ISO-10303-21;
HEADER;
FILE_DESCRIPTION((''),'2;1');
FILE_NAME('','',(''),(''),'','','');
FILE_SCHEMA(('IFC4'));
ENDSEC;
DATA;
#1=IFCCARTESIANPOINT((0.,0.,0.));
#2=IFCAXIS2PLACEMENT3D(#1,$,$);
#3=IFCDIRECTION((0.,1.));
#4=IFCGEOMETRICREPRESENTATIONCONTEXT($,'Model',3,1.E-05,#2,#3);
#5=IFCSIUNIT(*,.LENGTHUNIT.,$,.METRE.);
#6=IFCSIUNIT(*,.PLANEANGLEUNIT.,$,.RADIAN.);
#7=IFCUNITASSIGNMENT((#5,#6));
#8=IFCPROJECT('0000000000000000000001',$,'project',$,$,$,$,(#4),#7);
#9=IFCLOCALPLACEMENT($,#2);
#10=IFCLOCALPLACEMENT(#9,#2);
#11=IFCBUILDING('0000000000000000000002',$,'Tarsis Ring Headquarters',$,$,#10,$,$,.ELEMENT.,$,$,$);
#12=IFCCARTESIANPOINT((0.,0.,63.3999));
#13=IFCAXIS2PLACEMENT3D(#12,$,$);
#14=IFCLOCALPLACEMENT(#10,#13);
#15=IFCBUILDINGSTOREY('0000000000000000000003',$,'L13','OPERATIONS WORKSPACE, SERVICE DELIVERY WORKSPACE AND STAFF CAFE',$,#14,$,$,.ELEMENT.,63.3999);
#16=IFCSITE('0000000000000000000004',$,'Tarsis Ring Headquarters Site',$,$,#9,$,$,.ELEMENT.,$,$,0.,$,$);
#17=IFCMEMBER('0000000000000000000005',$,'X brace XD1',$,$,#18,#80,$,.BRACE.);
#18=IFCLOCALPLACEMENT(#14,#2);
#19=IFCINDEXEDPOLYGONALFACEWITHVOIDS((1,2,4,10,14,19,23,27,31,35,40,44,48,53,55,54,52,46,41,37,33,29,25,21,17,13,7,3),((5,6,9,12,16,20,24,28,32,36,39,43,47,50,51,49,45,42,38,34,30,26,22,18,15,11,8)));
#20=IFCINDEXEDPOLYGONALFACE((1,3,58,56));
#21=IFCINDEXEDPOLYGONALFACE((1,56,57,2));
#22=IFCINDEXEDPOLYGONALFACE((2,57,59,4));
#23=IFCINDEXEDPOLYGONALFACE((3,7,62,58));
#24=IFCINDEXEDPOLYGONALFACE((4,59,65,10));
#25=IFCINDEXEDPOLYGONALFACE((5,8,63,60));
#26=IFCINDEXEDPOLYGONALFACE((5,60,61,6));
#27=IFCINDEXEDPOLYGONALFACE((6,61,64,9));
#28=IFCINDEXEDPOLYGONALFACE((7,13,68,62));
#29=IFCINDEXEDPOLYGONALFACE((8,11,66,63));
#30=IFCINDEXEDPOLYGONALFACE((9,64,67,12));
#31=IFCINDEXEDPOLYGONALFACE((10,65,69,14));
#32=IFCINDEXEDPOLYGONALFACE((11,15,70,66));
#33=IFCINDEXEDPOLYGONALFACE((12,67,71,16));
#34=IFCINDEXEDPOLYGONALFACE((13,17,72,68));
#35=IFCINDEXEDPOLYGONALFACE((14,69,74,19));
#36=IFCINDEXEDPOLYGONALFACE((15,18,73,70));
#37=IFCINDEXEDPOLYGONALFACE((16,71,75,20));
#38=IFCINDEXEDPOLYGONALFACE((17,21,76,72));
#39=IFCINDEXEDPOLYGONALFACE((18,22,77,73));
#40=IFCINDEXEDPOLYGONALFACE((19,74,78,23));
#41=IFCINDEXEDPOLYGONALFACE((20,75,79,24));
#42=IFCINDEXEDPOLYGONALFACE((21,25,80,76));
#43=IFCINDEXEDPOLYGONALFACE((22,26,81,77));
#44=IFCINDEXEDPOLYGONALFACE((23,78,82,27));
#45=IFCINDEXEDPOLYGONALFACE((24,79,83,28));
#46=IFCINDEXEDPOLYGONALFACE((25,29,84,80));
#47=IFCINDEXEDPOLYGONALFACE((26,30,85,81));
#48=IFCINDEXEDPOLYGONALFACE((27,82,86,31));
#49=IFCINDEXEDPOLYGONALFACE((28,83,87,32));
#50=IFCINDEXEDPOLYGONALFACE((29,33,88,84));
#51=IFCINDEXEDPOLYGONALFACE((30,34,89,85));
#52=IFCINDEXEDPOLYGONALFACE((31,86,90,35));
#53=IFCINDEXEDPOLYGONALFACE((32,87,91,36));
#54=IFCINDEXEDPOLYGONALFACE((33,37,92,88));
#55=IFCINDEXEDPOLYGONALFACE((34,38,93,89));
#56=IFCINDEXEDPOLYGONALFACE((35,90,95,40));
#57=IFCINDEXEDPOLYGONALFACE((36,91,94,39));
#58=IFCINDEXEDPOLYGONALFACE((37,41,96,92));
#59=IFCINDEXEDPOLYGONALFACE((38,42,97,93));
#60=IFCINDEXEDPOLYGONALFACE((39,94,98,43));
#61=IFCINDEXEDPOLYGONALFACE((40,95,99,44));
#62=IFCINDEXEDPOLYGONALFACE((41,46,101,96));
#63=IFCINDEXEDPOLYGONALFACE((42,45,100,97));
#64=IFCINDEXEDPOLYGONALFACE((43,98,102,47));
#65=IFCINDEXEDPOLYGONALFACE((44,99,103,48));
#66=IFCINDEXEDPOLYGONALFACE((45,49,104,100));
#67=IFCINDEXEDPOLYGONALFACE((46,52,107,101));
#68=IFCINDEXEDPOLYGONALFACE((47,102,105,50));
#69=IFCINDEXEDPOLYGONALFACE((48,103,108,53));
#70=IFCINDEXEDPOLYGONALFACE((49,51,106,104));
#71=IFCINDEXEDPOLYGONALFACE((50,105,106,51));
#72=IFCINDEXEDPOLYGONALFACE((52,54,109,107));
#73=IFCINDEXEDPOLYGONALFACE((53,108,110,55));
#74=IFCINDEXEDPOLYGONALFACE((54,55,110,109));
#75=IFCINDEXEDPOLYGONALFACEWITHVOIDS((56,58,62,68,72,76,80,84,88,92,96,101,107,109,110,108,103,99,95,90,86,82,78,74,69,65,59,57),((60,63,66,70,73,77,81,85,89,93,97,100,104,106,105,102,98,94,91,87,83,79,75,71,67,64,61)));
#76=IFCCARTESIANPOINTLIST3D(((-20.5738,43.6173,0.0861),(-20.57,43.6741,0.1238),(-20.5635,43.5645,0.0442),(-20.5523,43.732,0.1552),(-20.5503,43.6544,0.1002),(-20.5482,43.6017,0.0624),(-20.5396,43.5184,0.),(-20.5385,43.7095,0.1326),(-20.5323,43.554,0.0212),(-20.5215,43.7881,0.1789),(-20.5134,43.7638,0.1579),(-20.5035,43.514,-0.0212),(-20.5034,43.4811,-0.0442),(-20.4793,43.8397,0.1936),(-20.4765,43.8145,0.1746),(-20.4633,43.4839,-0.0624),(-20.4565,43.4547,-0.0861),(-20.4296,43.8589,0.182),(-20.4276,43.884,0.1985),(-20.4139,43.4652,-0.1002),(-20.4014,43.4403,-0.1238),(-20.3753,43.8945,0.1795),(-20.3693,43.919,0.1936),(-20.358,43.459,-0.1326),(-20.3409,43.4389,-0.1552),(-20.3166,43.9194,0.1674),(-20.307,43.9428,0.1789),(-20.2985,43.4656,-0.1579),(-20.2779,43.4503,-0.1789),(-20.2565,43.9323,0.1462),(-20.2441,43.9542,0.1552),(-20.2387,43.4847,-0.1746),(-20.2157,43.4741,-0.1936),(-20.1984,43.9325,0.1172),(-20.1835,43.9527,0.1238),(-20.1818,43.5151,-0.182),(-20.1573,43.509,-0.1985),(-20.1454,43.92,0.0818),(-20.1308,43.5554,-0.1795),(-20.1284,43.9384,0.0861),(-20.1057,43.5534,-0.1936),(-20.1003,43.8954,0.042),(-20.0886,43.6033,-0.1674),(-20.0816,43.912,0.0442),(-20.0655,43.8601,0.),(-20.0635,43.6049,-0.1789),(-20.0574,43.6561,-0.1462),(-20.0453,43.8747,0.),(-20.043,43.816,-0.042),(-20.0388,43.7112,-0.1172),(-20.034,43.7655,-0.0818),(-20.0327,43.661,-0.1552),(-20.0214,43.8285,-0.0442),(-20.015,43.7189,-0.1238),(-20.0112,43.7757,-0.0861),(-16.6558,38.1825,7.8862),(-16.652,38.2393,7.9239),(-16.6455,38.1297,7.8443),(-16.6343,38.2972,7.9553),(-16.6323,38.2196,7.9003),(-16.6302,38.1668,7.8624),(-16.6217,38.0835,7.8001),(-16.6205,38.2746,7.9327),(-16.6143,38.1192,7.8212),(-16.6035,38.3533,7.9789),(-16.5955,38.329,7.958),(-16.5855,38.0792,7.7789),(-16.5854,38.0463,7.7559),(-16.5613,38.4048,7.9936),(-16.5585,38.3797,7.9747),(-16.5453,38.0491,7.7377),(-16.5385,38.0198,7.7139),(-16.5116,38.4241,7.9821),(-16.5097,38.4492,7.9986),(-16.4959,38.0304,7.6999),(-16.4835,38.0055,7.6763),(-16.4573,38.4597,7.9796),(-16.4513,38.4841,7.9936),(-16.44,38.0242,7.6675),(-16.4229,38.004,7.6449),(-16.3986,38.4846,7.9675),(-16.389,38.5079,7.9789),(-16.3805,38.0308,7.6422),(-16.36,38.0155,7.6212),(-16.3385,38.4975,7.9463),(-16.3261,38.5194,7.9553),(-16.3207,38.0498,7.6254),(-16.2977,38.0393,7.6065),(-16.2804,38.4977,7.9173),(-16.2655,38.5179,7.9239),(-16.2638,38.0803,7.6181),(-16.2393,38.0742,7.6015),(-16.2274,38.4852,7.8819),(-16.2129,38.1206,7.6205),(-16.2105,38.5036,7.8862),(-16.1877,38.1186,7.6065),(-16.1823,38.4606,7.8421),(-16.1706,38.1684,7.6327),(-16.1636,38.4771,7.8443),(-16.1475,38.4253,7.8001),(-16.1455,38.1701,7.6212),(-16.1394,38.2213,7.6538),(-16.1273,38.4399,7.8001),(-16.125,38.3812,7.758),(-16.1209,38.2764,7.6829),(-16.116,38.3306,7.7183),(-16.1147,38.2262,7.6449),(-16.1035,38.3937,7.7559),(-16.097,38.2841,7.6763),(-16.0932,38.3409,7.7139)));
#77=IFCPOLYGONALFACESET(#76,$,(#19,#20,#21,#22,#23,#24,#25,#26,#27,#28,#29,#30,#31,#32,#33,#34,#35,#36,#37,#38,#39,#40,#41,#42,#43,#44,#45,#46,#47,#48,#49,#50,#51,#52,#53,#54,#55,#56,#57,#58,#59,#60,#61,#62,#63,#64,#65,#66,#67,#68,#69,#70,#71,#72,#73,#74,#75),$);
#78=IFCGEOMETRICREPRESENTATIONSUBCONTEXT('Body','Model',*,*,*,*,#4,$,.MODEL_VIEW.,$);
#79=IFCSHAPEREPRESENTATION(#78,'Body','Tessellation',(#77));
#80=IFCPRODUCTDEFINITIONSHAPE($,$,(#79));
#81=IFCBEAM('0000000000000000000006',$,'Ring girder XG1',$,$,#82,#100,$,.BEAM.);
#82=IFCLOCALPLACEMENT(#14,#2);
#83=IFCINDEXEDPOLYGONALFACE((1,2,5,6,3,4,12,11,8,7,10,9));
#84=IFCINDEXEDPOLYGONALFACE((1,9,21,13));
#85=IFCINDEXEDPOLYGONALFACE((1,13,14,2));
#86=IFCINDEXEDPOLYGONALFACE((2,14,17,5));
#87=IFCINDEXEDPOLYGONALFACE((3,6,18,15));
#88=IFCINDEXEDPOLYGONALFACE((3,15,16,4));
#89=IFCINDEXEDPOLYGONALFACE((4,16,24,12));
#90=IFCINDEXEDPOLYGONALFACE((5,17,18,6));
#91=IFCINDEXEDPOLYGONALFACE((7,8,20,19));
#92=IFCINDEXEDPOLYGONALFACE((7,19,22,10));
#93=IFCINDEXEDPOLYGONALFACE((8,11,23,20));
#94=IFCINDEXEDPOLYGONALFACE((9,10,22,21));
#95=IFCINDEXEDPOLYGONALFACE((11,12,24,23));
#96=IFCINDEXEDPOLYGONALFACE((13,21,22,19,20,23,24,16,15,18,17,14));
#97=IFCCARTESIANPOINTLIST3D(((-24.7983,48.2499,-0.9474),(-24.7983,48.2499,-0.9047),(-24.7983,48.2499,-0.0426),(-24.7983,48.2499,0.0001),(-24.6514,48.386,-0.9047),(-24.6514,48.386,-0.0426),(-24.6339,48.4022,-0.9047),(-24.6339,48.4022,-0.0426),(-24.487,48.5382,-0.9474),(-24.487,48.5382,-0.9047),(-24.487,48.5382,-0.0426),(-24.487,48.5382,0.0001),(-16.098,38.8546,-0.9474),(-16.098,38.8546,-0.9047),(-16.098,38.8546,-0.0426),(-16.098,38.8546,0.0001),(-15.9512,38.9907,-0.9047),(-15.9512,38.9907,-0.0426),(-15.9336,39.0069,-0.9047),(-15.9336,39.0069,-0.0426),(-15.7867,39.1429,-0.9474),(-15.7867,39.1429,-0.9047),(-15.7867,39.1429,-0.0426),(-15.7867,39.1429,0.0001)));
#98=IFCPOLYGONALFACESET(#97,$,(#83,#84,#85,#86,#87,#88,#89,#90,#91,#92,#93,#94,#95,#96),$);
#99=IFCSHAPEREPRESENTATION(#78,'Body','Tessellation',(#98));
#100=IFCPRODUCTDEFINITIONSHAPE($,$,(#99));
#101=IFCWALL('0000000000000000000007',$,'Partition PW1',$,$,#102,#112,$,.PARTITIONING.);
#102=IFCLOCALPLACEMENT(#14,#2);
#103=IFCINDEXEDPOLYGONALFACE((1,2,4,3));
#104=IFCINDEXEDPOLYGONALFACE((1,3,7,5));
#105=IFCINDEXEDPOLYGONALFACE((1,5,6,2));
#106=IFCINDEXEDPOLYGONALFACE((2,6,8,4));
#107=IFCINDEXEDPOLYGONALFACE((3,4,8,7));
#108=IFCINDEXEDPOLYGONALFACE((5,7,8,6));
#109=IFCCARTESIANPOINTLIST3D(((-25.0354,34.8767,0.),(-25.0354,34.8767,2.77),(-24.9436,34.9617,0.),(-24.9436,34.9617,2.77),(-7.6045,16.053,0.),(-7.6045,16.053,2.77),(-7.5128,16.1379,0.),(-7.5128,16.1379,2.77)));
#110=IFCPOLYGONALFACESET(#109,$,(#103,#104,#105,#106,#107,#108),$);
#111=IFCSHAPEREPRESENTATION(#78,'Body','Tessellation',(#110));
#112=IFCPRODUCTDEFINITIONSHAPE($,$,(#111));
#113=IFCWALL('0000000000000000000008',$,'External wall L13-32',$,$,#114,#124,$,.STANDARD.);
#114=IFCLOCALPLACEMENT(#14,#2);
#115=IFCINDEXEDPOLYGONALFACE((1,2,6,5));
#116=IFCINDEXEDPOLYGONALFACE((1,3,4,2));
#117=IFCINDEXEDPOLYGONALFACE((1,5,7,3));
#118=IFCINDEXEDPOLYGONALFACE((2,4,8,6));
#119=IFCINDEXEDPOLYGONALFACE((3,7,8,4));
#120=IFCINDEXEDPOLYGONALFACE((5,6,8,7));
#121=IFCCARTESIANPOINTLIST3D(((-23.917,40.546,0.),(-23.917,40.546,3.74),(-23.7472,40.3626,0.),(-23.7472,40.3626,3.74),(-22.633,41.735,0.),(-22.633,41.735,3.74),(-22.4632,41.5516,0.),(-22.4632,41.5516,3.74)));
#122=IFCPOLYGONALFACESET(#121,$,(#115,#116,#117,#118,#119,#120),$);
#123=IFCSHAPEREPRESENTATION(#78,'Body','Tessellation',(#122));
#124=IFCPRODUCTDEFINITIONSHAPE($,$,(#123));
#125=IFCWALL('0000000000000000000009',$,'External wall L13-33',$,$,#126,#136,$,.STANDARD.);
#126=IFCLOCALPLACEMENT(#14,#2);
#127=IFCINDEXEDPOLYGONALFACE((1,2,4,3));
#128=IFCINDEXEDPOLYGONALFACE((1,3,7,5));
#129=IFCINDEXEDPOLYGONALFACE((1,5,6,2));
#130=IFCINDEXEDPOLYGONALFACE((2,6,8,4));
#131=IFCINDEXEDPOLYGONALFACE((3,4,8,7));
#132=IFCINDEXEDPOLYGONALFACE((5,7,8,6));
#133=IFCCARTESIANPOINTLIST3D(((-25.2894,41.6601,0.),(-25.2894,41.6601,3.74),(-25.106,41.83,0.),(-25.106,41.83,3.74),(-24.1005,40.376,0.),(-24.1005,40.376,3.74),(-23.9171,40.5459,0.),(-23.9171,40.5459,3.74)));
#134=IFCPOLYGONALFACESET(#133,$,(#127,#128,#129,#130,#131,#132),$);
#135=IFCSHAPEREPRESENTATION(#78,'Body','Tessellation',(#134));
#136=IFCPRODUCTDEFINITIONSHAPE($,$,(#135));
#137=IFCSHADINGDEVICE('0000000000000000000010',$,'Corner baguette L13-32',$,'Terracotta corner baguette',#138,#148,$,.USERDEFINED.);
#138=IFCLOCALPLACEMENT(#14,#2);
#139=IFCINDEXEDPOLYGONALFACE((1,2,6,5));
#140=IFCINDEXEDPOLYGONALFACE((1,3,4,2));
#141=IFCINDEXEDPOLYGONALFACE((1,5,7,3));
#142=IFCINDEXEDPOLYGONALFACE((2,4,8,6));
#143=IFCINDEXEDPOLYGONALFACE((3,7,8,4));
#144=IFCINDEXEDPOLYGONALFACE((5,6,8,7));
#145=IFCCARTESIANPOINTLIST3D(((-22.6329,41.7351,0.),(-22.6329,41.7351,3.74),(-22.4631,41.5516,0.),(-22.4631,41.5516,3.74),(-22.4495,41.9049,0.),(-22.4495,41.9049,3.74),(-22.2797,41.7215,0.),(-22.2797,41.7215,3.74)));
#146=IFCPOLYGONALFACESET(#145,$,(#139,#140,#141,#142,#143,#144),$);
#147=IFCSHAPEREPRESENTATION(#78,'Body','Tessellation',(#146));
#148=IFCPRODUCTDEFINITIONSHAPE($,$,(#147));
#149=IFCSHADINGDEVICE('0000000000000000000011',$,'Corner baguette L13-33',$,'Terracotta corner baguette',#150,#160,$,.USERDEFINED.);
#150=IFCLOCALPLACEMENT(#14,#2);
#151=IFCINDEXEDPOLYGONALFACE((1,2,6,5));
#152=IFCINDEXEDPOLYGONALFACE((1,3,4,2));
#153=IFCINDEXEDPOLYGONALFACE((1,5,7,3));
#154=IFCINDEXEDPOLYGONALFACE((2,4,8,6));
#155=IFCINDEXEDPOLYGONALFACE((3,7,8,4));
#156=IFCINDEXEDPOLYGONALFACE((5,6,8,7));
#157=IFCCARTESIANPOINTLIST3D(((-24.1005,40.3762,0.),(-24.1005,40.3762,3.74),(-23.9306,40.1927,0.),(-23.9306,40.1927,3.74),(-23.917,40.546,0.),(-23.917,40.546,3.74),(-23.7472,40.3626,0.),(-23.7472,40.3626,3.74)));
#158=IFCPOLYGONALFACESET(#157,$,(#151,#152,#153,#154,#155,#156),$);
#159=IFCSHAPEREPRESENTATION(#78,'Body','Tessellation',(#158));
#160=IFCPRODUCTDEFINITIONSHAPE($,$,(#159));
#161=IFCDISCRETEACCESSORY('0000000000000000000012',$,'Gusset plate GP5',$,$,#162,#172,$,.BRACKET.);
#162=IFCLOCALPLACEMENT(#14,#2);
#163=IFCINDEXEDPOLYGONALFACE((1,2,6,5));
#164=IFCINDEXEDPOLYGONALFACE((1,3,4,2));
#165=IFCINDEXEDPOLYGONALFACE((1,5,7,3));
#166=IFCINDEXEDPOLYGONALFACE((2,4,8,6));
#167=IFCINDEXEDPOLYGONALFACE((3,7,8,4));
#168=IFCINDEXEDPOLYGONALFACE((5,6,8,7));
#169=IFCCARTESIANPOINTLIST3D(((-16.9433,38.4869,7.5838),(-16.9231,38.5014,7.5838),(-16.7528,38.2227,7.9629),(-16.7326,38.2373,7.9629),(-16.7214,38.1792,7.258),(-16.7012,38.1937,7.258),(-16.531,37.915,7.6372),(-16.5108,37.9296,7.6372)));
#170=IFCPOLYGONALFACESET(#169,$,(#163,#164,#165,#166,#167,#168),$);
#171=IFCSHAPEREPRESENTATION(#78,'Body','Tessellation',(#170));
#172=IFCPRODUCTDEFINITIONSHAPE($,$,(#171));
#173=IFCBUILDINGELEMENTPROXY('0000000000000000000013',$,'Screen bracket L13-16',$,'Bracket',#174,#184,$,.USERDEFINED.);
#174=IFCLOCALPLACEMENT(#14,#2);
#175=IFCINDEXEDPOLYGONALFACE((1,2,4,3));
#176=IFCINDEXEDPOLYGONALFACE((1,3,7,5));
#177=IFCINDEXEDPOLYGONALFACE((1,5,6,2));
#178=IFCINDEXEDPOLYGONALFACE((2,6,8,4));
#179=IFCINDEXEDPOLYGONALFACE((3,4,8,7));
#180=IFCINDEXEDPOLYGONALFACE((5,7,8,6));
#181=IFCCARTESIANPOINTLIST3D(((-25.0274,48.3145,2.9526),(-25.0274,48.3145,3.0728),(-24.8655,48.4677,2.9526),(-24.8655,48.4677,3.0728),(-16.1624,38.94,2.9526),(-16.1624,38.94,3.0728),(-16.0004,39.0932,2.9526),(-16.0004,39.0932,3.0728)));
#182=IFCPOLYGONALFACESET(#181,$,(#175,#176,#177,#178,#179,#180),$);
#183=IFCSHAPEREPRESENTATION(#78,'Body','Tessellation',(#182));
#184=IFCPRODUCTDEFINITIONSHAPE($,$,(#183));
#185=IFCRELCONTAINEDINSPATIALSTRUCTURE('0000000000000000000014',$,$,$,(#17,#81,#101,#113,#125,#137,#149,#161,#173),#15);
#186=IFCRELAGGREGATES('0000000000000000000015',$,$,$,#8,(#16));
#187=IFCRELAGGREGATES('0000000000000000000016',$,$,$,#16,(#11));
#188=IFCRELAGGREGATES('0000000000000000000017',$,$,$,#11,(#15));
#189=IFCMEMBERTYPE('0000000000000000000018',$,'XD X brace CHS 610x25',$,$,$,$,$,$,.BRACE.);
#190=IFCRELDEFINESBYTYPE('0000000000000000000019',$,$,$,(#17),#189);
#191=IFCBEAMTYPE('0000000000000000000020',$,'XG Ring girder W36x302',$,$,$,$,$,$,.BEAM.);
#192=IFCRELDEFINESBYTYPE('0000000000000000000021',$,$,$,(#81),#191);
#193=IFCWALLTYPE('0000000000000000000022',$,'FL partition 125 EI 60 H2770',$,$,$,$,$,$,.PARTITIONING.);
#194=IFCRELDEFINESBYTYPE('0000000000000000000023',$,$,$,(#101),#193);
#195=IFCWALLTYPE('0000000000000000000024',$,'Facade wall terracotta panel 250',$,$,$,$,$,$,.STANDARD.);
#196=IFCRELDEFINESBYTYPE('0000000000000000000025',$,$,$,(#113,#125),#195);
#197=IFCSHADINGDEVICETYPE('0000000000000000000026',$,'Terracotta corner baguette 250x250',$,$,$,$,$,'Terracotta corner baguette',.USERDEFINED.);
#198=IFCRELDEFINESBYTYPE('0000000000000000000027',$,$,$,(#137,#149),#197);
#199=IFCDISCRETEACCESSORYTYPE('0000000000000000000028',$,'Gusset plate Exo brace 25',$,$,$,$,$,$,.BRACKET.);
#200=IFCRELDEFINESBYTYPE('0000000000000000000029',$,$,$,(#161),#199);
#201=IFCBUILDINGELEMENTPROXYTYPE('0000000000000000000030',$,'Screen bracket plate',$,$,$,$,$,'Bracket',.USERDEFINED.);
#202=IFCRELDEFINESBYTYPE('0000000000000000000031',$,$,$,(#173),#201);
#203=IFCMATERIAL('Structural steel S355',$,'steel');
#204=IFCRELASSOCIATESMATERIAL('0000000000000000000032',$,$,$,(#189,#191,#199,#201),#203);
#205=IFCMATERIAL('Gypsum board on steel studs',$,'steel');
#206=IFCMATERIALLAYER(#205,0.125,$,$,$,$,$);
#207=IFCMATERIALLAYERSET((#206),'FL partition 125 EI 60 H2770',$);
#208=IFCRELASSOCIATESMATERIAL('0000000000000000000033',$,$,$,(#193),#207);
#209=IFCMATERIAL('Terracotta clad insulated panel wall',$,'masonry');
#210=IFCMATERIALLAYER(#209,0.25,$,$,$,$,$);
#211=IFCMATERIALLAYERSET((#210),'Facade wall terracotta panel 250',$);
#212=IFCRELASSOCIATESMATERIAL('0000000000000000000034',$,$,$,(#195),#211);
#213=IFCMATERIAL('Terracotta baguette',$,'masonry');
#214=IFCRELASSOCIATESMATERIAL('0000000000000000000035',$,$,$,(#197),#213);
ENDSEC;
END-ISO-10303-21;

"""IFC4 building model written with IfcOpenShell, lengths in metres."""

from ifc_helpers import new_model, si_unit, direction, frame, frame_2d, origin, origin_2d, place, context, subcontext, project, spatial, rectangle, hollow_circle, i_section, extrude, material, layer, layer_set, material_profile, profile_set, type_object, element, save


model = new_model("IFC4")

# Units and contexts
model_context = context("Model", 3, precision=1e-05, world=origin(), true_north=direction((0.0, 1.0)))
body_context = subcontext(model_context, "Body", "Model", "MODEL_VIEW")
ifc_project = project(units=[si_unit("LENGTHUNIT", "METRE"), si_unit("PLANEANGLEUNIT", "RADIAN")], contexts=[model_context])

# Site, building, storey
site_placement = place(None, origin())
site = spatial("IfcSite", under=ifc_project, at=site_placement, Name="Tarsis Ring Headquarters Site", CompositionType="ELEMENT", RefElevation=0.0)
building_placement = place(site_placement, origin())
building = spatial("IfcBuilding", under=site, at=building_placement, Name="Tarsis Ring Headquarters", CompositionType="ELEMENT")
storey_placement = place(building_placement, frame((0.0, 0.0, 63.3999)))
storey = spatial("IfcBuildingStorey", under=building, at=storey_placement, Name="L13", Description="OPERATIONS WORKSPACE, SERVICE DELIVERY WORKSPACE AND STAFF CAFE", CompositionType="ELEMENT", Elevation=63.3999)

# Shared definitions
ifc_material_1 = material(Name="Structural steel S355", Category="steel")

# Member
ifc_material_profile_1 = material_profile(ifc_material_1, hollow_circle(Radius=0.3047, WallThickness=0.0249, at=origin_2d()), Name="CHS 610x25")
ifc_profile_set_1 = profile_set([ifc_material_profile_1], Name="Structural steel S355")
member_type = type_object("IfcMemberType", Name="XD X brace CHS 610x25", PredefinedType="BRACE", material=ifc_profile_set_1)
member_1_placement = place(storey_placement, frame((-20.2925, 43.6965, 0.0), z_axis=(0.381035, -0.528553, 0.75858), x_axis=(0.811187, 0.584787, 0.0)))
element("IfcMember", 1, at=member_1_placement, inside=storey, type_object=member_type, Name="X brace XD1", PredefinedType="BRACE", context=body_context, shape_type="SweptSolid", body=[
    extrude(hollow_circle(Radius=0.3047, WallThickness=0.0249, at=origin_2d()), origin(), (0.0, 0.0, 1.0), 10.2825),
])

# Beam
ifc_material_profile_2 = material_profile(ifc_material_1, i_section(OverallWidth=0.4243, OverallDepth=0.9475, WebThickness=0.0239, FlangeThickness=0.0427, at=origin_2d()), Name="W36x302")
ifc_profile_set_2 = profile_set([ifc_material_profile_2], Name="Structural steel S355")
beam_type_1 = type_object("IfcBeamType", Name="XG Ring girder W36x302", PredefinedType="BEAM", material=ifc_profile_set_2)
beam_1_placement = place(storey_placement, frame((-15.9424, 38.9988, -0.4736), z_axis=(-0.679445, 0.733727, 0.0), x_axis=(-0.733727, -0.679445, 0.0)))
element("IfcBeam", 2, at=beam_1_placement, inside=storey, type_object=beam_type_1, Name="Ring girder XG1", PredefinedType="BEAM", context=body_context, shape_type="SweptSolid", body=[
    extrude(i_section(OverallWidth=0.4243, OverallDepth=0.9475, WebThickness=0.0239, FlangeThickness=0.0427, at=origin_2d()), origin(), (0.0, 0.0, 1.0), 12.8049),
])

# Walls
ifc_material_2 = material(Name="Gypsum board on steel studs", Category="steel")
ifc_layer_1 = layer(ifc_material_2, 0.125)
ifc_layer_set_1 = layer_set([ifc_layer_1], Name="FL partition 125 EI 60 H2770")
wall_type_1 = type_object("IfcWallType", Name="FL partition 125 EI 60 H2770", PredefinedType="PARTITIONING", material=ifc_layer_set_1)
wall_placement = place(storey_placement, frame((-24.9895, 34.9192, 0.0), z_axis=(0.0, 0.0, 1.0), x_axis=(0.67944, -0.733731, 0.0)))
element("IfcWall", 3, at=wall_placement, inside=storey, type_object=wall_type_1, Name="Partition PW1", PredefinedType="PARTITIONING", context=body_context, shape_type="SweptSolid", body=[
    extrude(rectangle(XDim=25.6548, YDim=0.125, at=frame_2d((12.8274, 0.0))), origin(), (0.0, 0.0, 1.0), 2.77),
])
ifc_material_3 = material(Name="Terracotta clad insulated panel wall", Category="masonry")
ifc_layer_2 = layer(ifc_material_3, 0.25)
ifc_layer_set_2 = layer_set([ifc_layer_2], Name="Facade wall terracotta panel 250")
wall_type_2 = type_object("IfcWallType", Name="Facade wall terracotta panel 250", PredefinedType="STANDARD", material=ifc_layer_set_2)
for number, where, z_axis, x_axis, name in (
    (4, (-22.5481, 41.6433, 0.0), (0.0, 0.0, 1.0), (-0.733722, -0.67945, 0.0), "External wall L13-32"),
    (5, (-24.0088, 40.4609, 0.0), (0.0, 0.0, 1.0), (-0.67938, 0.733786, 0.0), "External wall L13-33"),
):
    element("IfcWall", number, at=place(storey_placement, frame(where, z_axis=z_axis, x_axis=x_axis)), inside=storey, type_object=wall_type_2, Name=name, PredefinedType="STANDARD", context=body_context, shape_type="SweptSolid", body=[
        extrude(rectangle(XDim=1.75, YDim=0.25, at=frame_2d((0.875, 0.0))), origin(), (0.0, 0.0, 1.0), 3.74),
    ])

# Shading devices
ifc_material_4 = material(Name="Terracotta baguette", Category="masonry")
shading_device_type_1 = type_object("IfcShadingDeviceType", Name="Terracotta corner baguette 250x250", ElementType="Terracotta corner baguette", PredefinedType="USERDEFINED", material=ifc_material_4)
for number, where, z_axis, x_axis, name in (
    (6, (-22.4563, 41.7283, 0.0), (0.0, 0.0, 1.0), (-0.679441, 0.73373, 0.0), "Corner baguette L13-32"),
    (7, (-23.9238, 40.3694, 0.0), (0.0, 0.0, 1.0), (-0.73373, -0.679442, 0.0), "Corner baguette L13-33"),
):
    element("IfcShadingDevice", number, at=place(storey_placement, frame(where, z_axis=z_axis, x_axis=x_axis)), inside=storey, type_object=shading_device_type_1, Name=name, ObjectType="Terracotta corner baguette", PredefinedType="USERDEFINED", context=body_context, shape_type="SweptSolid", body=[
        extrude(rectangle(XDim=0.25, YDim=0.25, at=origin_2d()), origin(), (0.0, 0.0, 1.0), 3.74),
    ])

# Discrete accessory
ifc_material_profile_3 = material_profile(ifc_material_1, rectangle(XDim=0.0249, YDim=0.5, at=origin_2d()), Name="PL 25x500")
ifc_profile_set_3 = profile_set([ifc_material_profile_3], Name="Structural steel S355")
discrete_accessory_type = type_object("IfcDiscreteAccessoryType", Name="Gusset plate Exo brace 25", PredefinedType="BRACKET", material=ifc_profile_set_3)
discrete_accessory_placement = place(storey_placement, frame((-16.6318, 38.0762, 7.8), z_axis=(-0.381013, 0.528533, -0.758606), x_axis=(-0.811193, -0.584779, 0.0)))
element("IfcDiscreteAccessory", 8, at=discrete_accessory_placement, inside=storey, type_object=discrete_accessory_type, Name="Gusset plate GP5", PredefinedType="BRACKET", context=body_context, shape_type="SweptSolid", body=[
    extrude(rectangle(XDim=0.0249, YDim=0.5, at=origin_2d()), origin(), (0.0, 0.0, 1.0), 0.4998),
])

# Building element proxy
building_element_proxy_type = type_object("IfcBuildingElementProxyType", Name="Screen bracket plate", ElementType="Bracket", PredefinedType="USERDEFINED", material=ifc_material_1)
proxy_placement = place(storey_placement, frame((-20.5139, 43.7039, 2.9526), z_axis=(0.0, 0.0, 1.0), x_axis=(-0.687088, 0.726575, 0.0)))
element("IfcBuildingElementProxy", 9, at=proxy_placement, inside=storey, type_object=building_element_proxy_type, Name="Screen bracket L13-16", ObjectType="Bracket", PredefinedType="USERDEFINED", context=body_context, shape_type="SweptSolid", body=[
    extrude(rectangle(XDim=12.9023, YDim=0.2229, at=origin_2d()), origin(), (0.0, 0.0, 1.0), 0.1201),
])

save(model, "model.ifc")
